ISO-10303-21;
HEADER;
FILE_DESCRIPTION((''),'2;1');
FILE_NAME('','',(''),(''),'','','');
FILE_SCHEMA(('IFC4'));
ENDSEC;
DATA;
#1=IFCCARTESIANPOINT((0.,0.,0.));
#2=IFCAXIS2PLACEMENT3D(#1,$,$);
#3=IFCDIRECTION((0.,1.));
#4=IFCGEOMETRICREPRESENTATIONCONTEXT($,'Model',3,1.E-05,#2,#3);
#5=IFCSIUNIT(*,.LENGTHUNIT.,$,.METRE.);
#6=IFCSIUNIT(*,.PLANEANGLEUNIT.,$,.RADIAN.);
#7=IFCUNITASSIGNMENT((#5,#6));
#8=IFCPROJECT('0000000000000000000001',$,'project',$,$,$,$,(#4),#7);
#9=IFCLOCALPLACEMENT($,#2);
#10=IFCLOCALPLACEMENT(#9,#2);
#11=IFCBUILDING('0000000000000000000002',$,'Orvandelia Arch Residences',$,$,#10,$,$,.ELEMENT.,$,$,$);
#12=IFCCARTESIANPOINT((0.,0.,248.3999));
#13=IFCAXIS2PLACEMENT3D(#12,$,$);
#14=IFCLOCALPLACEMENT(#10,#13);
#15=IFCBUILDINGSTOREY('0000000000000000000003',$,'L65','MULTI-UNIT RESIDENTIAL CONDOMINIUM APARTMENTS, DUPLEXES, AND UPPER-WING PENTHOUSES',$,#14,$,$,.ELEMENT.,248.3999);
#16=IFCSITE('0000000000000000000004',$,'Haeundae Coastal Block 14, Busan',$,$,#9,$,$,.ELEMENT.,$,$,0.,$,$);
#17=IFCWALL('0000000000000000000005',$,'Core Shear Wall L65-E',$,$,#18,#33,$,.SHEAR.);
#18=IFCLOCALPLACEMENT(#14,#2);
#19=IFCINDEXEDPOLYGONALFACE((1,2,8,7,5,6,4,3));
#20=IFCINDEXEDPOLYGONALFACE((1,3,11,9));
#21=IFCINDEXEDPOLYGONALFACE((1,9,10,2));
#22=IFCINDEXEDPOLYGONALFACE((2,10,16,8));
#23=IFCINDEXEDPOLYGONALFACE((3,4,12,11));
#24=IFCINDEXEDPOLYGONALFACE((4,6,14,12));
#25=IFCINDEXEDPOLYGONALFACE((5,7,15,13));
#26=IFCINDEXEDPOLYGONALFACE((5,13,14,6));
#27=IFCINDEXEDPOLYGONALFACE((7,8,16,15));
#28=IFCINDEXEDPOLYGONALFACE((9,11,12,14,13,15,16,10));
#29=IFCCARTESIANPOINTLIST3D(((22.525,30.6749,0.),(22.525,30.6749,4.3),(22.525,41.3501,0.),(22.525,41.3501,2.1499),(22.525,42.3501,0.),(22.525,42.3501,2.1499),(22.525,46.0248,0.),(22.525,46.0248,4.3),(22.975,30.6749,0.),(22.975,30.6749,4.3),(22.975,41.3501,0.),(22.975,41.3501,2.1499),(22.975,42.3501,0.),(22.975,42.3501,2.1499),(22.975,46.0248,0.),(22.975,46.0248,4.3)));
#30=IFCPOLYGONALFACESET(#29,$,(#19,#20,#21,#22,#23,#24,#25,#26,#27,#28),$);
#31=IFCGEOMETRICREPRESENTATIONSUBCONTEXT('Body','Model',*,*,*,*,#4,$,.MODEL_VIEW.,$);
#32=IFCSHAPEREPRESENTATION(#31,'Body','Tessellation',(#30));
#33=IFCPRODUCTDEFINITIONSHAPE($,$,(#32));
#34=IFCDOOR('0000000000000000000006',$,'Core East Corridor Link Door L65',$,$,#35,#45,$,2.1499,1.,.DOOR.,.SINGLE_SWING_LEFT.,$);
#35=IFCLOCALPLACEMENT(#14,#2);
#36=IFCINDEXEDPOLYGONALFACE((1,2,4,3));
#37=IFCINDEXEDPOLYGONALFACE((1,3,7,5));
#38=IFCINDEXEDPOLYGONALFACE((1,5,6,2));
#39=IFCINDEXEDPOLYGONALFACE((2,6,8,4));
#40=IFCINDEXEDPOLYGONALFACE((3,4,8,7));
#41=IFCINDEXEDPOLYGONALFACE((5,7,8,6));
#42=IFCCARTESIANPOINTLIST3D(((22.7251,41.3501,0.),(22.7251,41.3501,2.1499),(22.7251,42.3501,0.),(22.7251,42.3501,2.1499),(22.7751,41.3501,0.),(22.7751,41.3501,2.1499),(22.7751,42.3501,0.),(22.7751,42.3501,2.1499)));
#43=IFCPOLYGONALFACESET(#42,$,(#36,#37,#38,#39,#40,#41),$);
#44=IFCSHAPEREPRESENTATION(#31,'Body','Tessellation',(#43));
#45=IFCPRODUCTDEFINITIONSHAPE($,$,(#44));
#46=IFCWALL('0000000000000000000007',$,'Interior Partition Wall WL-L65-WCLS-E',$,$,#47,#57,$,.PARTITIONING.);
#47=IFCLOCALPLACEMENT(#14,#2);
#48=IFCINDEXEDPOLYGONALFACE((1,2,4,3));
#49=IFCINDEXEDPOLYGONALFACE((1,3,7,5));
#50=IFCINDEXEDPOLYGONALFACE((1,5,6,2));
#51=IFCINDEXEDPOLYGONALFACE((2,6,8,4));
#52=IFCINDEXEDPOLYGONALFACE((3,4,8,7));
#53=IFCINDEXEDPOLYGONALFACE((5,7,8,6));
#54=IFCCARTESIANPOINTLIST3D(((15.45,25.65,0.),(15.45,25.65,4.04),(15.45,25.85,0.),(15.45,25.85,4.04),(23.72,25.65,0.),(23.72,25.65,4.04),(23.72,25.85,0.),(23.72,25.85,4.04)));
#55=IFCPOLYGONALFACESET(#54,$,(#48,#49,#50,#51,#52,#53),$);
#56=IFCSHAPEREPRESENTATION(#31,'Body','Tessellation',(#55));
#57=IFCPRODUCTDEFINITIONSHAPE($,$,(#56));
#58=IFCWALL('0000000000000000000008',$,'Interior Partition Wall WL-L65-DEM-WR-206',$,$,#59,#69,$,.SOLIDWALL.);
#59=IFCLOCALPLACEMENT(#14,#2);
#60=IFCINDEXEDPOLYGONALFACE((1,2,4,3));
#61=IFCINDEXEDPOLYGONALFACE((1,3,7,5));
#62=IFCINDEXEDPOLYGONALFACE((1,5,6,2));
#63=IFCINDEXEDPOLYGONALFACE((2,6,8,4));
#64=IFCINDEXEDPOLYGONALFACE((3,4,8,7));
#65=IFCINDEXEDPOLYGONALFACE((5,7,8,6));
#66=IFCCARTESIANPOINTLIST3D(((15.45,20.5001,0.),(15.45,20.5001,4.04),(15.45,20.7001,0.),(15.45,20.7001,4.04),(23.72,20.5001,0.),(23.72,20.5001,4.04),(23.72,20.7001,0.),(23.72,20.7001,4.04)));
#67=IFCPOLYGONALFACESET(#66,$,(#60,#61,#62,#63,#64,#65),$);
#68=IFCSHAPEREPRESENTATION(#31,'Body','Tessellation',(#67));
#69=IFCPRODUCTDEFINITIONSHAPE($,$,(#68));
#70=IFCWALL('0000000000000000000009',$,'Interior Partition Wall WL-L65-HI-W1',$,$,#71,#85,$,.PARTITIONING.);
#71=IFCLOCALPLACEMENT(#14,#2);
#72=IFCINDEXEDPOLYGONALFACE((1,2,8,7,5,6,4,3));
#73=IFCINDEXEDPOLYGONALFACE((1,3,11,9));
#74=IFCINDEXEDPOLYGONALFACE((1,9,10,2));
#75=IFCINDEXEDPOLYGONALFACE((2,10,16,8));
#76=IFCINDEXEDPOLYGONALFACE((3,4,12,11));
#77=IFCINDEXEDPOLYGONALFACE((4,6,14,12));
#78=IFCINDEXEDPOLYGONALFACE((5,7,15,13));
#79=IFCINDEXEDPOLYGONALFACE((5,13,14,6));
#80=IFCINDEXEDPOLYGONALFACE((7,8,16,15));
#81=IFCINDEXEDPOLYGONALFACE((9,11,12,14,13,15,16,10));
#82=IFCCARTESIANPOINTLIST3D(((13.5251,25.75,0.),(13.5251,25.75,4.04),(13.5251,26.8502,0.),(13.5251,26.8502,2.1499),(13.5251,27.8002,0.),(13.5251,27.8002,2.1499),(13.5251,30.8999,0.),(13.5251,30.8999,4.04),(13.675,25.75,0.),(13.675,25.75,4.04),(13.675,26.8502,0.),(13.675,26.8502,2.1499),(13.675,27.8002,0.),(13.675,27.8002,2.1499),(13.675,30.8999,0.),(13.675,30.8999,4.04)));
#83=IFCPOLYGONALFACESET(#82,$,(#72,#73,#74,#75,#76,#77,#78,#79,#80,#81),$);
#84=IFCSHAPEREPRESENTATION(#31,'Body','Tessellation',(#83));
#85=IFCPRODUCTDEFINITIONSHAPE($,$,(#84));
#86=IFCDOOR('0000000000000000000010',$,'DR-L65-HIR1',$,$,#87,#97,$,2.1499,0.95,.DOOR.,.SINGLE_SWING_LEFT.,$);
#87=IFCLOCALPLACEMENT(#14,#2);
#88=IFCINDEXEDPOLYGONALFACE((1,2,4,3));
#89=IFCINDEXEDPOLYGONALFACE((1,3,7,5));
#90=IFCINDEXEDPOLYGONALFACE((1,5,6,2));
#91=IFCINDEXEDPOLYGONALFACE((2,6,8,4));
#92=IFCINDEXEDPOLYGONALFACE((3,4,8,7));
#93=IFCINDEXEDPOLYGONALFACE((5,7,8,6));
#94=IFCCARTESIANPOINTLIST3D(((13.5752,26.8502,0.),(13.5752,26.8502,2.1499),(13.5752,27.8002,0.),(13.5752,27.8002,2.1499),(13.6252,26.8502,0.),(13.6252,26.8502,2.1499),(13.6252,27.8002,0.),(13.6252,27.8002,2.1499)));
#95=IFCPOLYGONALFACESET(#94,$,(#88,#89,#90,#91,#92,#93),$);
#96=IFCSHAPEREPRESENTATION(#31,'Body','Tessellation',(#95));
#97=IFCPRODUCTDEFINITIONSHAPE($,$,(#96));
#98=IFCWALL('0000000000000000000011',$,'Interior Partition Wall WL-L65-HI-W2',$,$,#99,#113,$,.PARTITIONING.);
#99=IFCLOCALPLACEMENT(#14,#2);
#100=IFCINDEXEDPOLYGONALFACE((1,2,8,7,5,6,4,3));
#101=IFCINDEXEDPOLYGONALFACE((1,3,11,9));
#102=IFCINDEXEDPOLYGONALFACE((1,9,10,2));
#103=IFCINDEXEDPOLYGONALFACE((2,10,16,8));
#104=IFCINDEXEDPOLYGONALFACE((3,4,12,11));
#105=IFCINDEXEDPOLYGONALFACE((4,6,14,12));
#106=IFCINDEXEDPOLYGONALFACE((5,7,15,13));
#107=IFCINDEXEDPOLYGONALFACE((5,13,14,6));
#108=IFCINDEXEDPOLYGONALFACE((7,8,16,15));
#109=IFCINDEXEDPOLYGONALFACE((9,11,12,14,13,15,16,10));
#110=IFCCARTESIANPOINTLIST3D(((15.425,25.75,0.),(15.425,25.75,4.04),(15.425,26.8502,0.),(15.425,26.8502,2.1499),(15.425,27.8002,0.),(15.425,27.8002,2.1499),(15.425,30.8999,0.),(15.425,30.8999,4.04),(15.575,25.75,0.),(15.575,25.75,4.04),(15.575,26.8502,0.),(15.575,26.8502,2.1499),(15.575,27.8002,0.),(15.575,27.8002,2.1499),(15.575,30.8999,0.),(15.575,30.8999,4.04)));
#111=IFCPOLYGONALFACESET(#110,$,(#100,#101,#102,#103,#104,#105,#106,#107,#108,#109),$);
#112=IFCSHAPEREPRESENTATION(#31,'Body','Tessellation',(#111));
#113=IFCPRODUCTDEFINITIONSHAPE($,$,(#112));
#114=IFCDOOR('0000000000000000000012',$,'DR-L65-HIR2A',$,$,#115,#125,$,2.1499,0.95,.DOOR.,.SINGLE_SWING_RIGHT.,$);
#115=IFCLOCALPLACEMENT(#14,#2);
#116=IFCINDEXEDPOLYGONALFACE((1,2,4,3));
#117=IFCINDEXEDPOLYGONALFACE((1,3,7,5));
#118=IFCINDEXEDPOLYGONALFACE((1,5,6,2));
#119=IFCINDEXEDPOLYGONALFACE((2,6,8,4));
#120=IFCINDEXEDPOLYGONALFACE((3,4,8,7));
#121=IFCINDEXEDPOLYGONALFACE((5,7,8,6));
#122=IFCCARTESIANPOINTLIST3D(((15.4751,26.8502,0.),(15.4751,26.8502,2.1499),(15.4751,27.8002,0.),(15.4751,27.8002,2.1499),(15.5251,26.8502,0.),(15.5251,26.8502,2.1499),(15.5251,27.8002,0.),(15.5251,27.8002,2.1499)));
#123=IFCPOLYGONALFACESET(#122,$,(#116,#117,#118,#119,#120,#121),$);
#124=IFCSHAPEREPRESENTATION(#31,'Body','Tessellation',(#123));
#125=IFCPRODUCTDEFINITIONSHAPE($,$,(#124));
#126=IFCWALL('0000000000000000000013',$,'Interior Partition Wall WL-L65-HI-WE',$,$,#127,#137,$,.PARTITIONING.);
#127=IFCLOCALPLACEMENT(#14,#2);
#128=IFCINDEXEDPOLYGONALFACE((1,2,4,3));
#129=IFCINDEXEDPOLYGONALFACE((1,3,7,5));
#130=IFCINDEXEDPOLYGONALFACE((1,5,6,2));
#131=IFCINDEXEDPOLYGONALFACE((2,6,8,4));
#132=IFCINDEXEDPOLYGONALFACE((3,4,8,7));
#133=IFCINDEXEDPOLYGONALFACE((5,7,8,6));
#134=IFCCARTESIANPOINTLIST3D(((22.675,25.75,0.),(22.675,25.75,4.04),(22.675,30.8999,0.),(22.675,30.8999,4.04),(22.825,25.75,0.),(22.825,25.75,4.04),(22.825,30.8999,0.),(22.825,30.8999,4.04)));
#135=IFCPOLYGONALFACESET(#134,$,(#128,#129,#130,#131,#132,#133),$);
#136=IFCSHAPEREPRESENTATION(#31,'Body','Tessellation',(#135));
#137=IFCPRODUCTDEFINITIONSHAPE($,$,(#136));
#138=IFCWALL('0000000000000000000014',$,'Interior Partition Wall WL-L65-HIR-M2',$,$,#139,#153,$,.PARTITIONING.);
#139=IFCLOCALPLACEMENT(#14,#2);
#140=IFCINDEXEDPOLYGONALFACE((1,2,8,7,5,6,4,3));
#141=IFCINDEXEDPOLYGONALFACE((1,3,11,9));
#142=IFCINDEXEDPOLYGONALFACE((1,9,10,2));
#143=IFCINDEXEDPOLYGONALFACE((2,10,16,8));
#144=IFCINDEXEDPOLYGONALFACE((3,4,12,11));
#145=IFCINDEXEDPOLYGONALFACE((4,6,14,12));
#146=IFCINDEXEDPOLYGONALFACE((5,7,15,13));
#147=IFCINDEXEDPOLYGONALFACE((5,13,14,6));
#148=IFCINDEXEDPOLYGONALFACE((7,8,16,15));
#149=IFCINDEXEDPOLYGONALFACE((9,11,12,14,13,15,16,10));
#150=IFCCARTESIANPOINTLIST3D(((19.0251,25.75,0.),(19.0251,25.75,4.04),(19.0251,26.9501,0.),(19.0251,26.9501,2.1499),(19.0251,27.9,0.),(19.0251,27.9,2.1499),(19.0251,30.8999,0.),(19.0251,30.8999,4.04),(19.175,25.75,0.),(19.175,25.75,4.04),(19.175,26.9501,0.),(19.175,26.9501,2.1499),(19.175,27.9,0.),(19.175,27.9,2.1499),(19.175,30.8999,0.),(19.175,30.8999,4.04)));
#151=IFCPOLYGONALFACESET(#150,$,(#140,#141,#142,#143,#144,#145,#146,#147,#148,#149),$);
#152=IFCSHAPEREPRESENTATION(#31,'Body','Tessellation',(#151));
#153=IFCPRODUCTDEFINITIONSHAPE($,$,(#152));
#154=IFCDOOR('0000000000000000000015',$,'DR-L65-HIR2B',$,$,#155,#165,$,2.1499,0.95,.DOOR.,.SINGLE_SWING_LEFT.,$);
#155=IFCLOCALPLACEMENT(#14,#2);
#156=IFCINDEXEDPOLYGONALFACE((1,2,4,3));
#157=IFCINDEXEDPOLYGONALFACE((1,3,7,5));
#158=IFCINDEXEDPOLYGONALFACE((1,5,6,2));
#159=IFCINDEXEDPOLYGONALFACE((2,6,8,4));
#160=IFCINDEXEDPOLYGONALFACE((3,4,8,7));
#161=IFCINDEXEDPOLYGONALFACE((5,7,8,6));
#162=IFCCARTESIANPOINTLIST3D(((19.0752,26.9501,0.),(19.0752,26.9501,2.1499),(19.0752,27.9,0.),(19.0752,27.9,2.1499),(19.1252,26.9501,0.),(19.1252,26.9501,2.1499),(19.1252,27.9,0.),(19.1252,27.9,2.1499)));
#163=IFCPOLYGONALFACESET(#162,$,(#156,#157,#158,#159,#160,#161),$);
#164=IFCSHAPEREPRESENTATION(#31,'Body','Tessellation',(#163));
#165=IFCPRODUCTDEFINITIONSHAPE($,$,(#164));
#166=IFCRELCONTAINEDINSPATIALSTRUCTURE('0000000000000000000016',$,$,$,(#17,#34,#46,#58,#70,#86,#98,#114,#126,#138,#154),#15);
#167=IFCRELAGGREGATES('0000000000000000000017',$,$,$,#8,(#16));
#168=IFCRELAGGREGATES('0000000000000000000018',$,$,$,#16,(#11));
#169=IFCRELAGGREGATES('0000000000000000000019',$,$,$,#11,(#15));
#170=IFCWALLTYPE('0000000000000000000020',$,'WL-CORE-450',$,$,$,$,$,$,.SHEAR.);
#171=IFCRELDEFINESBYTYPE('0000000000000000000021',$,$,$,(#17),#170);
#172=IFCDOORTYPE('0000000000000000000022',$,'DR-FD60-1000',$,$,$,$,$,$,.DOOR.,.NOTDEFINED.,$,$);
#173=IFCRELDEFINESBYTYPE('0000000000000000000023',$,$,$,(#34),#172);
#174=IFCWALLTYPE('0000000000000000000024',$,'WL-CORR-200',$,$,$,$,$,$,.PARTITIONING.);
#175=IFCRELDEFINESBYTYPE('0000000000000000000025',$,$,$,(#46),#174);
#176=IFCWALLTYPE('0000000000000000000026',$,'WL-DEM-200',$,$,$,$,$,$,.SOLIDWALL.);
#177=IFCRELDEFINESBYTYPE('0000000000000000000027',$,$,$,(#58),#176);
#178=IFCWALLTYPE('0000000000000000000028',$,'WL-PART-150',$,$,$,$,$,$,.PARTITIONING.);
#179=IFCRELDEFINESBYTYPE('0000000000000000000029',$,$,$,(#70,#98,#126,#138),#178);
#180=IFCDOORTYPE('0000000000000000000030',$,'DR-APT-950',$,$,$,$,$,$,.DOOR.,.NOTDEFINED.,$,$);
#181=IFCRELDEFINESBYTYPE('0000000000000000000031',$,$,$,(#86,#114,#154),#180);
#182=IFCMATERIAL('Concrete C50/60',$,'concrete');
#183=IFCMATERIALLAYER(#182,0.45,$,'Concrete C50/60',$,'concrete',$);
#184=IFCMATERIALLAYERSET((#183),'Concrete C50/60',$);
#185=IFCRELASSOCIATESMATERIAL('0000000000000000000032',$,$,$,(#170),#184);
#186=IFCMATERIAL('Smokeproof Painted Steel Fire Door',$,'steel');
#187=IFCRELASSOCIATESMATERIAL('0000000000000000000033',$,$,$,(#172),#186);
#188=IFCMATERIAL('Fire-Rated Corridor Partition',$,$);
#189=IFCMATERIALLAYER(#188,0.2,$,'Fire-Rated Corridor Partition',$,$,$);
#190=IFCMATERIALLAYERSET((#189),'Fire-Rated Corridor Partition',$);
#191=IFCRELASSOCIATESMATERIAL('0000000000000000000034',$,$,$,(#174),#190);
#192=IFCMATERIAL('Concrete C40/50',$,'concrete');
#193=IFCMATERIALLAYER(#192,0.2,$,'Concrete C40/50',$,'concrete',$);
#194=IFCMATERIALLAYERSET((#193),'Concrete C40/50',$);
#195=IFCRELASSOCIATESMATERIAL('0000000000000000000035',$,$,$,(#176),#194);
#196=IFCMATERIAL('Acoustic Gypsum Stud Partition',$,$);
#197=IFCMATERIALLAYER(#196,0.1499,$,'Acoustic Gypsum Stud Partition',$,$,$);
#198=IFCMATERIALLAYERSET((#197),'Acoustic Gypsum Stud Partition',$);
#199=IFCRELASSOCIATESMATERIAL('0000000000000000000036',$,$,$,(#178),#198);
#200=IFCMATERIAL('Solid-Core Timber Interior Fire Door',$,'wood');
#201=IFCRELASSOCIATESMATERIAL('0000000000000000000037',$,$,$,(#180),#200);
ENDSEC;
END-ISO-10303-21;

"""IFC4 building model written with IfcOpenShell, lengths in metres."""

from ifc_helpers import new_model, si_unit, direction, frame, frame_2d, origin, place, context, subcontext, project, spatial, rectangle, extrude, material, layer, layer_set, type_object, element, fill, save


model = new_model("IFC4")

# Units and contexts
model_context = context("Model", 3, precision=1e-05, world=origin(), true_north=direction((0.0, 1.0)))
body_context = subcontext(model_context, "Body", "Model", "MODEL_VIEW")
ifc_project = project(units=[si_unit("LENGTHUNIT", "METRE"), si_unit("PLANEANGLEUNIT", "RADIAN")], contexts=[model_context])

# Site, building, storey
site_placement = place(None, origin())
site = spatial("IfcSite", under=ifc_project, at=site_placement, Name="Haeundae Coastal Block 14, Busan", CompositionType="ELEMENT", RefElevation=0.0)
building_placement = place(site_placement, origin())
building = spatial("IfcBuilding", under=site, at=building_placement, Name="Orvandelia Arch Residences", CompositionType="ELEMENT")
storey_placement = place(building_placement, frame((0.0, 0.0, 248.3999)))
storey = spatial("IfcBuildingStorey", under=building, at=storey_placement, Name="L65", Description="MULTI-UNIT RESIDENTIAL CONDOMINIUM APARTMENTS, DUPLEXES, AND UPPER-WING PENTHOUSES", CompositionType="ELEMENT", Elevation=248.3999)

# Shared definitions
ifc_material_1 = material(Name="Concrete C50/60", Category="concrete")

# Wall, opening, door
ifc_layer_1 = layer(ifc_material_1, 0.45, Name="Concrete C50/60", Category="concrete")
ifc_layer_set_1 = layer_set([ifc_layer_1], Name="Concrete C50/60")
wall_type_1 = type_object("IfcWallType", Name="WL-CORE-450", PredefinedType="SHEAR", material=ifc_layer_set_1)
wall_1_placement = place(storey_placement, frame((22.75, 30.675, 0.0), z_axis=(0.0, 0.0, 1.0), x_axis=(0.0, 1.0, 0.0)))
wall_1 = element("IfcWall", 1, at=wall_1_placement, inside=storey, type_object=wall_type_1, Name="Core Shear Wall L65-E", PredefinedType="SHEAR", context=body_context, shape_type="SweptSolid", body=[
    extrude(rectangle(XDim=15.3499, YDim=0.45, at=frame_2d((7.6748, 0.0))), origin(), (0.0, 0.0, 1.0), 4.3),
])
opening_1_placement = place(wall_1_placement, frame((10.675, 0.0, 0.0)))
opening_1 = element("IfcOpeningElement", 2, at=opening_1_placement, cuts=wall_1, PredefinedType="OPENING", context=body_context, shape_type="SweptSolid", body=[
    extrude(rectangle(XDim=1.0, YDim=2.1499, at=frame_2d((0.5, 1.075))), frame((0.0, 0.2349, 0.0), z_axis=(0.0, -1.0, 0.0), x_axis=(1.0, 0.0, 0.0)), (0.0, 0.0, 1.0), 0.47),
])
ifc_material_2 = material(Name="Smokeproof Painted Steel Fire Door", Category="steel")
door_type_1 = type_object("IfcDoorType", Name="DR-FD60-1000", OperationType="NOTDEFINED", PredefinedType="DOOR", material=ifc_material_2)
door_1_placement = place(opening_1_placement, origin())
door_1 = element("IfcDoor", 3, at=door_1_placement, inside=storey, type_object=door_type_1, Name="Core East Corridor Link Door L65", OperationType="SINGLE_SWING_LEFT", OverallHeight=2.1499, OverallWidth=1.0, PredefinedType="DOOR", context=body_context, shape_type="SweptSolid", body=[
    extrude(rectangle(XDim=1.0, YDim=2.1499, at=frame_2d((0.5, 1.075))), frame((0.0, 0.0249, 0.0), z_axis=(0.0, -1.0, 0.0), x_axis=(1.0, 0.0, 0.0)), (0.0, 0.0, 1.0), 0.05),
])
fill(opening_1, door_1)

# Walls
ifc_material_3 = material(Name="Fire-Rated Corridor Partition")
ifc_layer_2 = layer(ifc_material_3, 0.2, Name="Fire-Rated Corridor Partition")
ifc_layer_set_2 = layer_set([ifc_layer_2], Name="Fire-Rated Corridor Partition")
wall_type_2 = type_object("IfcWallType", Name="WL-CORR-200", PredefinedType="PARTITIONING", material=ifc_layer_set_2)
wall_2_placement = place(storey_placement, frame((15.45, 25.75, 0.0), z_axis=(0.0, 0.0, 1.0), x_axis=(1.0, 0.0, 0.0)))
element("IfcWall", 4, at=wall_2_placement, inside=storey, type_object=wall_type_2, Name="Interior Partition Wall WL-L65-WCLS-E", PredefinedType="PARTITIONING", context=body_context, shape_type="SweptSolid", body=[
    extrude(rectangle(XDim=8.27, YDim=0.2, at=frame_2d((4.135, 0.0))), origin(), (0.0, 0.0, 1.0), 4.04),
])
ifc_material_4 = material(Name="Concrete C40/50", Category="concrete")
ifc_layer_3 = layer(ifc_material_4, 0.2, Name="Concrete C40/50", Category="concrete")
ifc_layer_set_3 = layer_set([ifc_layer_3], Name="Concrete C40/50")
wall_type_3 = type_object("IfcWallType", Name="WL-DEM-200", PredefinedType="SOLIDWALL", material=ifc_layer_set_3)
wall_3_placement = place(storey_placement, frame((15.45, 20.6001, 0.0), z_axis=(0.0, 0.0, 1.0), x_axis=(1.0, 0.0, 0.0)))
element("IfcWall", 5, at=wall_3_placement, inside=storey, type_object=wall_type_3, Name="Interior Partition Wall WL-L65-DEM-WR-206", PredefinedType="SOLIDWALL", context=body_context, shape_type="SweptSolid", body=[
    extrude(rectangle(XDim=8.27, YDim=0.2, at=frame_2d((4.135, 0.0))), origin(), (0.0, 0.0, 1.0), 4.04),
])

# Walls, openings, doors
ifc_material_5 = material(Name="Acoustic Gypsum Stud Partition")
ifc_layer_4 = layer(ifc_material_5, 0.1499, Name="Acoustic Gypsum Stud Partition")
ifc_layer_set_4 = layer_set([ifc_layer_4], Name="Acoustic Gypsum Stud Partition")
wall_type_4 = type_object("IfcWallType", Name="WL-PART-150", PredefinedType="PARTITIONING", material=ifc_layer_set_4)
wall_4_placement = place(storey_placement, frame((13.6001, 25.75, 0.0), z_axis=(0.0, 0.0, 1.0), x_axis=(0.0, 1.0, 0.0)))
wall_4 = element("IfcWall", 6, at=wall_4_placement, inside=storey, type_object=wall_type_4, Name="Interior Partition Wall WL-L65-HI-W1", PredefinedType="PARTITIONING", context=body_context, shape_type="SweptSolid", body=[
    extrude(rectangle(XDim=5.1499, YDim=0.1499, at=frame_2d((2.575, 0.0))), origin(), (0.0, 0.0, 1.0), 4.04),
])
opening_2_placement = place(wall_4_placement, frame((1.1001, 0.0, 0.0)))
opening_2 = element("IfcOpeningElement", 7, at=opening_2_placement, cuts=wall_4, PredefinedType="OPENING", context=body_context, shape_type="SweptSolid", body=[
    extrude(rectangle(XDim=0.95, YDim=2.1499, at=frame_2d((0.4751, 1.075))), frame((0.0, 0.085, 0.0), z_axis=(0.0, -1.0, 0.0), x_axis=(1.0, 0.0, 0.0)), (0.0, 0.0, 1.0), 0.1699),
])
ifc_material_6 = material(Name="Solid-Core Timber Interior Fire Door", Category="wood")
door_type_2 = type_object("IfcDoorType", Name="DR-APT-950", OperationType="NOTDEFINED", PredefinedType="DOOR", material=ifc_material_6)
door_2_placement = place(opening_2_placement, origin())
door_2 = element("IfcDoor", 8, at=door_2_placement, inside=storey, type_object=door_type_2, Name="DR-L65-HIR1", OperationType="SINGLE_SWING_LEFT", OverallHeight=2.1499, OverallWidth=0.95, PredefinedType="DOOR", context=body_context, shape_type="SweptSolid", body=[
    extrude(rectangle(XDim=0.95, YDim=2.1499, at=frame_2d((0.4751, 1.075))), frame((0.0, 0.0249, 0.0), z_axis=(0.0, -1.0, 0.0), x_axis=(1.0, 0.0, 0.0)), (0.0, 0.0, 1.0), 0.05),
])
fill(opening_2, door_2)
wall_5_placement = place(storey_placement, frame((15.5, 25.75, 0.0), z_axis=(0.0, 0.0, 1.0), x_axis=(0.0, 1.0, 0.0)))
wall_5 = element("IfcWall", 9, at=wall_5_placement, inside=storey, type_object=wall_type_4, Name="Interior Partition Wall WL-L65-HI-W2", PredefinedType="PARTITIONING", context=body_context, shape_type="SweptSolid", body=[
    extrude(rectangle(XDim=5.1499, YDim=0.1499, at=frame_2d((2.575, 0.0))), origin(), (0.0, 0.0, 1.0), 4.04),
])
opening_3_placement = place(wall_5_placement, frame((1.1001, 0.0, 0.0)))
opening_3 = element("IfcOpeningElement", 10, at=opening_3_placement, cuts=wall_5, PredefinedType="OPENING", context=body_context, shape_type="SweptSolid", body=[
    extrude(rectangle(XDim=0.95, YDim=2.1499, at=frame_2d((0.4751, 1.075))), frame((0.0, 0.085, 0.0), z_axis=(0.0, -1.0, 0.0), x_axis=(1.0, 0.0, 0.0)), (0.0, 0.0, 1.0), 0.1699),
])
door_3_placement = place(opening_3_placement, origin())
door_3 = element("IfcDoor", 11, at=door_3_placement, inside=storey, type_object=door_type_2, Name="DR-L65-HIR2A", OperationType="SINGLE_SWING_RIGHT", OverallHeight=2.1499, OverallWidth=0.95, PredefinedType="DOOR", context=body_context, shape_type="SweptSolid", body=[
    extrude(rectangle(XDim=0.95, YDim=2.1499, at=frame_2d((0.4751, 1.075))), frame((0.0, 0.0249, 0.0), z_axis=(0.0, -1.0, 0.0), x_axis=(1.0, 0.0, 0.0)), (0.0, 0.0, 1.0), 0.05),
])
fill(opening_3, door_3)

# Wall
wall_6_placement = place(storey_placement, frame((22.75, 25.75, 0.0), z_axis=(0.0, 0.0, 1.0), x_axis=(0.0, 1.0, 0.0)))
element("IfcWall", 12, at=wall_6_placement, inside=storey, type_object=wall_type_4, Name="Interior Partition Wall WL-L65-HI-WE", PredefinedType="PARTITIONING", context=body_context, shape_type="SweptSolid", body=[
    extrude(rectangle(XDim=5.1499, YDim=0.1499, at=frame_2d((2.575, 0.0))), origin(), (0.0, 0.0, 1.0), 4.04),
])

# Wall, opening, door
wall_7_placement = place(storey_placement, frame((19.1001, 25.75, 0.0), z_axis=(0.0, 0.0, 1.0), x_axis=(0.0, 1.0, 0.0)))
wall_7 = element("IfcWall", 13, at=wall_7_placement, inside=storey, type_object=wall_type_4, Name="Interior Partition Wall WL-L65-HIR-M2", PredefinedType="PARTITIONING", context=body_context, shape_type="SweptSolid", body=[
    extrude(rectangle(XDim=5.1499, YDim=0.1499, at=frame_2d((2.575, 0.0))), origin(), (0.0, 0.0, 1.0), 4.04),
])
opening_4_placement = place(wall_7_placement, frame((1.2, 0.0, 0.0)))
opening_4 = element("IfcOpeningElement", 14, at=opening_4_placement, cuts=wall_7, PredefinedType="OPENING", context=body_context, shape_type="SweptSolid", body=[
    extrude(rectangle(XDim=0.95, YDim=2.1499, at=frame_2d((0.4751, 1.075))), frame((0.0, 0.085, 0.0), z_axis=(0.0, -1.0, 0.0), x_axis=(1.0, 0.0, 0.0)), (0.0, 0.0, 1.0), 0.1699),
])
door_4_placement = place(opening_4_placement, origin())
door_4 = element("IfcDoor", 15, at=door_4_placement, inside=storey, type_object=door_type_2, Name="DR-L65-HIR2B", OperationType="SINGLE_SWING_LEFT", OverallHeight=2.1499, OverallWidth=0.95, PredefinedType="DOOR", context=body_context, shape_type="SweptSolid", body=[
    extrude(rectangle(XDim=0.95, YDim=2.1499, at=frame_2d((0.4751, 1.075))), frame((0.0, 0.0249, 0.0), z_axis=(0.0, -1.0, 0.0), x_axis=(1.0, 0.0, 0.0)), (0.0, 0.0, 1.0), 0.05),
])
fill(opening_4, door_4)

save(model, "model.ifc")
